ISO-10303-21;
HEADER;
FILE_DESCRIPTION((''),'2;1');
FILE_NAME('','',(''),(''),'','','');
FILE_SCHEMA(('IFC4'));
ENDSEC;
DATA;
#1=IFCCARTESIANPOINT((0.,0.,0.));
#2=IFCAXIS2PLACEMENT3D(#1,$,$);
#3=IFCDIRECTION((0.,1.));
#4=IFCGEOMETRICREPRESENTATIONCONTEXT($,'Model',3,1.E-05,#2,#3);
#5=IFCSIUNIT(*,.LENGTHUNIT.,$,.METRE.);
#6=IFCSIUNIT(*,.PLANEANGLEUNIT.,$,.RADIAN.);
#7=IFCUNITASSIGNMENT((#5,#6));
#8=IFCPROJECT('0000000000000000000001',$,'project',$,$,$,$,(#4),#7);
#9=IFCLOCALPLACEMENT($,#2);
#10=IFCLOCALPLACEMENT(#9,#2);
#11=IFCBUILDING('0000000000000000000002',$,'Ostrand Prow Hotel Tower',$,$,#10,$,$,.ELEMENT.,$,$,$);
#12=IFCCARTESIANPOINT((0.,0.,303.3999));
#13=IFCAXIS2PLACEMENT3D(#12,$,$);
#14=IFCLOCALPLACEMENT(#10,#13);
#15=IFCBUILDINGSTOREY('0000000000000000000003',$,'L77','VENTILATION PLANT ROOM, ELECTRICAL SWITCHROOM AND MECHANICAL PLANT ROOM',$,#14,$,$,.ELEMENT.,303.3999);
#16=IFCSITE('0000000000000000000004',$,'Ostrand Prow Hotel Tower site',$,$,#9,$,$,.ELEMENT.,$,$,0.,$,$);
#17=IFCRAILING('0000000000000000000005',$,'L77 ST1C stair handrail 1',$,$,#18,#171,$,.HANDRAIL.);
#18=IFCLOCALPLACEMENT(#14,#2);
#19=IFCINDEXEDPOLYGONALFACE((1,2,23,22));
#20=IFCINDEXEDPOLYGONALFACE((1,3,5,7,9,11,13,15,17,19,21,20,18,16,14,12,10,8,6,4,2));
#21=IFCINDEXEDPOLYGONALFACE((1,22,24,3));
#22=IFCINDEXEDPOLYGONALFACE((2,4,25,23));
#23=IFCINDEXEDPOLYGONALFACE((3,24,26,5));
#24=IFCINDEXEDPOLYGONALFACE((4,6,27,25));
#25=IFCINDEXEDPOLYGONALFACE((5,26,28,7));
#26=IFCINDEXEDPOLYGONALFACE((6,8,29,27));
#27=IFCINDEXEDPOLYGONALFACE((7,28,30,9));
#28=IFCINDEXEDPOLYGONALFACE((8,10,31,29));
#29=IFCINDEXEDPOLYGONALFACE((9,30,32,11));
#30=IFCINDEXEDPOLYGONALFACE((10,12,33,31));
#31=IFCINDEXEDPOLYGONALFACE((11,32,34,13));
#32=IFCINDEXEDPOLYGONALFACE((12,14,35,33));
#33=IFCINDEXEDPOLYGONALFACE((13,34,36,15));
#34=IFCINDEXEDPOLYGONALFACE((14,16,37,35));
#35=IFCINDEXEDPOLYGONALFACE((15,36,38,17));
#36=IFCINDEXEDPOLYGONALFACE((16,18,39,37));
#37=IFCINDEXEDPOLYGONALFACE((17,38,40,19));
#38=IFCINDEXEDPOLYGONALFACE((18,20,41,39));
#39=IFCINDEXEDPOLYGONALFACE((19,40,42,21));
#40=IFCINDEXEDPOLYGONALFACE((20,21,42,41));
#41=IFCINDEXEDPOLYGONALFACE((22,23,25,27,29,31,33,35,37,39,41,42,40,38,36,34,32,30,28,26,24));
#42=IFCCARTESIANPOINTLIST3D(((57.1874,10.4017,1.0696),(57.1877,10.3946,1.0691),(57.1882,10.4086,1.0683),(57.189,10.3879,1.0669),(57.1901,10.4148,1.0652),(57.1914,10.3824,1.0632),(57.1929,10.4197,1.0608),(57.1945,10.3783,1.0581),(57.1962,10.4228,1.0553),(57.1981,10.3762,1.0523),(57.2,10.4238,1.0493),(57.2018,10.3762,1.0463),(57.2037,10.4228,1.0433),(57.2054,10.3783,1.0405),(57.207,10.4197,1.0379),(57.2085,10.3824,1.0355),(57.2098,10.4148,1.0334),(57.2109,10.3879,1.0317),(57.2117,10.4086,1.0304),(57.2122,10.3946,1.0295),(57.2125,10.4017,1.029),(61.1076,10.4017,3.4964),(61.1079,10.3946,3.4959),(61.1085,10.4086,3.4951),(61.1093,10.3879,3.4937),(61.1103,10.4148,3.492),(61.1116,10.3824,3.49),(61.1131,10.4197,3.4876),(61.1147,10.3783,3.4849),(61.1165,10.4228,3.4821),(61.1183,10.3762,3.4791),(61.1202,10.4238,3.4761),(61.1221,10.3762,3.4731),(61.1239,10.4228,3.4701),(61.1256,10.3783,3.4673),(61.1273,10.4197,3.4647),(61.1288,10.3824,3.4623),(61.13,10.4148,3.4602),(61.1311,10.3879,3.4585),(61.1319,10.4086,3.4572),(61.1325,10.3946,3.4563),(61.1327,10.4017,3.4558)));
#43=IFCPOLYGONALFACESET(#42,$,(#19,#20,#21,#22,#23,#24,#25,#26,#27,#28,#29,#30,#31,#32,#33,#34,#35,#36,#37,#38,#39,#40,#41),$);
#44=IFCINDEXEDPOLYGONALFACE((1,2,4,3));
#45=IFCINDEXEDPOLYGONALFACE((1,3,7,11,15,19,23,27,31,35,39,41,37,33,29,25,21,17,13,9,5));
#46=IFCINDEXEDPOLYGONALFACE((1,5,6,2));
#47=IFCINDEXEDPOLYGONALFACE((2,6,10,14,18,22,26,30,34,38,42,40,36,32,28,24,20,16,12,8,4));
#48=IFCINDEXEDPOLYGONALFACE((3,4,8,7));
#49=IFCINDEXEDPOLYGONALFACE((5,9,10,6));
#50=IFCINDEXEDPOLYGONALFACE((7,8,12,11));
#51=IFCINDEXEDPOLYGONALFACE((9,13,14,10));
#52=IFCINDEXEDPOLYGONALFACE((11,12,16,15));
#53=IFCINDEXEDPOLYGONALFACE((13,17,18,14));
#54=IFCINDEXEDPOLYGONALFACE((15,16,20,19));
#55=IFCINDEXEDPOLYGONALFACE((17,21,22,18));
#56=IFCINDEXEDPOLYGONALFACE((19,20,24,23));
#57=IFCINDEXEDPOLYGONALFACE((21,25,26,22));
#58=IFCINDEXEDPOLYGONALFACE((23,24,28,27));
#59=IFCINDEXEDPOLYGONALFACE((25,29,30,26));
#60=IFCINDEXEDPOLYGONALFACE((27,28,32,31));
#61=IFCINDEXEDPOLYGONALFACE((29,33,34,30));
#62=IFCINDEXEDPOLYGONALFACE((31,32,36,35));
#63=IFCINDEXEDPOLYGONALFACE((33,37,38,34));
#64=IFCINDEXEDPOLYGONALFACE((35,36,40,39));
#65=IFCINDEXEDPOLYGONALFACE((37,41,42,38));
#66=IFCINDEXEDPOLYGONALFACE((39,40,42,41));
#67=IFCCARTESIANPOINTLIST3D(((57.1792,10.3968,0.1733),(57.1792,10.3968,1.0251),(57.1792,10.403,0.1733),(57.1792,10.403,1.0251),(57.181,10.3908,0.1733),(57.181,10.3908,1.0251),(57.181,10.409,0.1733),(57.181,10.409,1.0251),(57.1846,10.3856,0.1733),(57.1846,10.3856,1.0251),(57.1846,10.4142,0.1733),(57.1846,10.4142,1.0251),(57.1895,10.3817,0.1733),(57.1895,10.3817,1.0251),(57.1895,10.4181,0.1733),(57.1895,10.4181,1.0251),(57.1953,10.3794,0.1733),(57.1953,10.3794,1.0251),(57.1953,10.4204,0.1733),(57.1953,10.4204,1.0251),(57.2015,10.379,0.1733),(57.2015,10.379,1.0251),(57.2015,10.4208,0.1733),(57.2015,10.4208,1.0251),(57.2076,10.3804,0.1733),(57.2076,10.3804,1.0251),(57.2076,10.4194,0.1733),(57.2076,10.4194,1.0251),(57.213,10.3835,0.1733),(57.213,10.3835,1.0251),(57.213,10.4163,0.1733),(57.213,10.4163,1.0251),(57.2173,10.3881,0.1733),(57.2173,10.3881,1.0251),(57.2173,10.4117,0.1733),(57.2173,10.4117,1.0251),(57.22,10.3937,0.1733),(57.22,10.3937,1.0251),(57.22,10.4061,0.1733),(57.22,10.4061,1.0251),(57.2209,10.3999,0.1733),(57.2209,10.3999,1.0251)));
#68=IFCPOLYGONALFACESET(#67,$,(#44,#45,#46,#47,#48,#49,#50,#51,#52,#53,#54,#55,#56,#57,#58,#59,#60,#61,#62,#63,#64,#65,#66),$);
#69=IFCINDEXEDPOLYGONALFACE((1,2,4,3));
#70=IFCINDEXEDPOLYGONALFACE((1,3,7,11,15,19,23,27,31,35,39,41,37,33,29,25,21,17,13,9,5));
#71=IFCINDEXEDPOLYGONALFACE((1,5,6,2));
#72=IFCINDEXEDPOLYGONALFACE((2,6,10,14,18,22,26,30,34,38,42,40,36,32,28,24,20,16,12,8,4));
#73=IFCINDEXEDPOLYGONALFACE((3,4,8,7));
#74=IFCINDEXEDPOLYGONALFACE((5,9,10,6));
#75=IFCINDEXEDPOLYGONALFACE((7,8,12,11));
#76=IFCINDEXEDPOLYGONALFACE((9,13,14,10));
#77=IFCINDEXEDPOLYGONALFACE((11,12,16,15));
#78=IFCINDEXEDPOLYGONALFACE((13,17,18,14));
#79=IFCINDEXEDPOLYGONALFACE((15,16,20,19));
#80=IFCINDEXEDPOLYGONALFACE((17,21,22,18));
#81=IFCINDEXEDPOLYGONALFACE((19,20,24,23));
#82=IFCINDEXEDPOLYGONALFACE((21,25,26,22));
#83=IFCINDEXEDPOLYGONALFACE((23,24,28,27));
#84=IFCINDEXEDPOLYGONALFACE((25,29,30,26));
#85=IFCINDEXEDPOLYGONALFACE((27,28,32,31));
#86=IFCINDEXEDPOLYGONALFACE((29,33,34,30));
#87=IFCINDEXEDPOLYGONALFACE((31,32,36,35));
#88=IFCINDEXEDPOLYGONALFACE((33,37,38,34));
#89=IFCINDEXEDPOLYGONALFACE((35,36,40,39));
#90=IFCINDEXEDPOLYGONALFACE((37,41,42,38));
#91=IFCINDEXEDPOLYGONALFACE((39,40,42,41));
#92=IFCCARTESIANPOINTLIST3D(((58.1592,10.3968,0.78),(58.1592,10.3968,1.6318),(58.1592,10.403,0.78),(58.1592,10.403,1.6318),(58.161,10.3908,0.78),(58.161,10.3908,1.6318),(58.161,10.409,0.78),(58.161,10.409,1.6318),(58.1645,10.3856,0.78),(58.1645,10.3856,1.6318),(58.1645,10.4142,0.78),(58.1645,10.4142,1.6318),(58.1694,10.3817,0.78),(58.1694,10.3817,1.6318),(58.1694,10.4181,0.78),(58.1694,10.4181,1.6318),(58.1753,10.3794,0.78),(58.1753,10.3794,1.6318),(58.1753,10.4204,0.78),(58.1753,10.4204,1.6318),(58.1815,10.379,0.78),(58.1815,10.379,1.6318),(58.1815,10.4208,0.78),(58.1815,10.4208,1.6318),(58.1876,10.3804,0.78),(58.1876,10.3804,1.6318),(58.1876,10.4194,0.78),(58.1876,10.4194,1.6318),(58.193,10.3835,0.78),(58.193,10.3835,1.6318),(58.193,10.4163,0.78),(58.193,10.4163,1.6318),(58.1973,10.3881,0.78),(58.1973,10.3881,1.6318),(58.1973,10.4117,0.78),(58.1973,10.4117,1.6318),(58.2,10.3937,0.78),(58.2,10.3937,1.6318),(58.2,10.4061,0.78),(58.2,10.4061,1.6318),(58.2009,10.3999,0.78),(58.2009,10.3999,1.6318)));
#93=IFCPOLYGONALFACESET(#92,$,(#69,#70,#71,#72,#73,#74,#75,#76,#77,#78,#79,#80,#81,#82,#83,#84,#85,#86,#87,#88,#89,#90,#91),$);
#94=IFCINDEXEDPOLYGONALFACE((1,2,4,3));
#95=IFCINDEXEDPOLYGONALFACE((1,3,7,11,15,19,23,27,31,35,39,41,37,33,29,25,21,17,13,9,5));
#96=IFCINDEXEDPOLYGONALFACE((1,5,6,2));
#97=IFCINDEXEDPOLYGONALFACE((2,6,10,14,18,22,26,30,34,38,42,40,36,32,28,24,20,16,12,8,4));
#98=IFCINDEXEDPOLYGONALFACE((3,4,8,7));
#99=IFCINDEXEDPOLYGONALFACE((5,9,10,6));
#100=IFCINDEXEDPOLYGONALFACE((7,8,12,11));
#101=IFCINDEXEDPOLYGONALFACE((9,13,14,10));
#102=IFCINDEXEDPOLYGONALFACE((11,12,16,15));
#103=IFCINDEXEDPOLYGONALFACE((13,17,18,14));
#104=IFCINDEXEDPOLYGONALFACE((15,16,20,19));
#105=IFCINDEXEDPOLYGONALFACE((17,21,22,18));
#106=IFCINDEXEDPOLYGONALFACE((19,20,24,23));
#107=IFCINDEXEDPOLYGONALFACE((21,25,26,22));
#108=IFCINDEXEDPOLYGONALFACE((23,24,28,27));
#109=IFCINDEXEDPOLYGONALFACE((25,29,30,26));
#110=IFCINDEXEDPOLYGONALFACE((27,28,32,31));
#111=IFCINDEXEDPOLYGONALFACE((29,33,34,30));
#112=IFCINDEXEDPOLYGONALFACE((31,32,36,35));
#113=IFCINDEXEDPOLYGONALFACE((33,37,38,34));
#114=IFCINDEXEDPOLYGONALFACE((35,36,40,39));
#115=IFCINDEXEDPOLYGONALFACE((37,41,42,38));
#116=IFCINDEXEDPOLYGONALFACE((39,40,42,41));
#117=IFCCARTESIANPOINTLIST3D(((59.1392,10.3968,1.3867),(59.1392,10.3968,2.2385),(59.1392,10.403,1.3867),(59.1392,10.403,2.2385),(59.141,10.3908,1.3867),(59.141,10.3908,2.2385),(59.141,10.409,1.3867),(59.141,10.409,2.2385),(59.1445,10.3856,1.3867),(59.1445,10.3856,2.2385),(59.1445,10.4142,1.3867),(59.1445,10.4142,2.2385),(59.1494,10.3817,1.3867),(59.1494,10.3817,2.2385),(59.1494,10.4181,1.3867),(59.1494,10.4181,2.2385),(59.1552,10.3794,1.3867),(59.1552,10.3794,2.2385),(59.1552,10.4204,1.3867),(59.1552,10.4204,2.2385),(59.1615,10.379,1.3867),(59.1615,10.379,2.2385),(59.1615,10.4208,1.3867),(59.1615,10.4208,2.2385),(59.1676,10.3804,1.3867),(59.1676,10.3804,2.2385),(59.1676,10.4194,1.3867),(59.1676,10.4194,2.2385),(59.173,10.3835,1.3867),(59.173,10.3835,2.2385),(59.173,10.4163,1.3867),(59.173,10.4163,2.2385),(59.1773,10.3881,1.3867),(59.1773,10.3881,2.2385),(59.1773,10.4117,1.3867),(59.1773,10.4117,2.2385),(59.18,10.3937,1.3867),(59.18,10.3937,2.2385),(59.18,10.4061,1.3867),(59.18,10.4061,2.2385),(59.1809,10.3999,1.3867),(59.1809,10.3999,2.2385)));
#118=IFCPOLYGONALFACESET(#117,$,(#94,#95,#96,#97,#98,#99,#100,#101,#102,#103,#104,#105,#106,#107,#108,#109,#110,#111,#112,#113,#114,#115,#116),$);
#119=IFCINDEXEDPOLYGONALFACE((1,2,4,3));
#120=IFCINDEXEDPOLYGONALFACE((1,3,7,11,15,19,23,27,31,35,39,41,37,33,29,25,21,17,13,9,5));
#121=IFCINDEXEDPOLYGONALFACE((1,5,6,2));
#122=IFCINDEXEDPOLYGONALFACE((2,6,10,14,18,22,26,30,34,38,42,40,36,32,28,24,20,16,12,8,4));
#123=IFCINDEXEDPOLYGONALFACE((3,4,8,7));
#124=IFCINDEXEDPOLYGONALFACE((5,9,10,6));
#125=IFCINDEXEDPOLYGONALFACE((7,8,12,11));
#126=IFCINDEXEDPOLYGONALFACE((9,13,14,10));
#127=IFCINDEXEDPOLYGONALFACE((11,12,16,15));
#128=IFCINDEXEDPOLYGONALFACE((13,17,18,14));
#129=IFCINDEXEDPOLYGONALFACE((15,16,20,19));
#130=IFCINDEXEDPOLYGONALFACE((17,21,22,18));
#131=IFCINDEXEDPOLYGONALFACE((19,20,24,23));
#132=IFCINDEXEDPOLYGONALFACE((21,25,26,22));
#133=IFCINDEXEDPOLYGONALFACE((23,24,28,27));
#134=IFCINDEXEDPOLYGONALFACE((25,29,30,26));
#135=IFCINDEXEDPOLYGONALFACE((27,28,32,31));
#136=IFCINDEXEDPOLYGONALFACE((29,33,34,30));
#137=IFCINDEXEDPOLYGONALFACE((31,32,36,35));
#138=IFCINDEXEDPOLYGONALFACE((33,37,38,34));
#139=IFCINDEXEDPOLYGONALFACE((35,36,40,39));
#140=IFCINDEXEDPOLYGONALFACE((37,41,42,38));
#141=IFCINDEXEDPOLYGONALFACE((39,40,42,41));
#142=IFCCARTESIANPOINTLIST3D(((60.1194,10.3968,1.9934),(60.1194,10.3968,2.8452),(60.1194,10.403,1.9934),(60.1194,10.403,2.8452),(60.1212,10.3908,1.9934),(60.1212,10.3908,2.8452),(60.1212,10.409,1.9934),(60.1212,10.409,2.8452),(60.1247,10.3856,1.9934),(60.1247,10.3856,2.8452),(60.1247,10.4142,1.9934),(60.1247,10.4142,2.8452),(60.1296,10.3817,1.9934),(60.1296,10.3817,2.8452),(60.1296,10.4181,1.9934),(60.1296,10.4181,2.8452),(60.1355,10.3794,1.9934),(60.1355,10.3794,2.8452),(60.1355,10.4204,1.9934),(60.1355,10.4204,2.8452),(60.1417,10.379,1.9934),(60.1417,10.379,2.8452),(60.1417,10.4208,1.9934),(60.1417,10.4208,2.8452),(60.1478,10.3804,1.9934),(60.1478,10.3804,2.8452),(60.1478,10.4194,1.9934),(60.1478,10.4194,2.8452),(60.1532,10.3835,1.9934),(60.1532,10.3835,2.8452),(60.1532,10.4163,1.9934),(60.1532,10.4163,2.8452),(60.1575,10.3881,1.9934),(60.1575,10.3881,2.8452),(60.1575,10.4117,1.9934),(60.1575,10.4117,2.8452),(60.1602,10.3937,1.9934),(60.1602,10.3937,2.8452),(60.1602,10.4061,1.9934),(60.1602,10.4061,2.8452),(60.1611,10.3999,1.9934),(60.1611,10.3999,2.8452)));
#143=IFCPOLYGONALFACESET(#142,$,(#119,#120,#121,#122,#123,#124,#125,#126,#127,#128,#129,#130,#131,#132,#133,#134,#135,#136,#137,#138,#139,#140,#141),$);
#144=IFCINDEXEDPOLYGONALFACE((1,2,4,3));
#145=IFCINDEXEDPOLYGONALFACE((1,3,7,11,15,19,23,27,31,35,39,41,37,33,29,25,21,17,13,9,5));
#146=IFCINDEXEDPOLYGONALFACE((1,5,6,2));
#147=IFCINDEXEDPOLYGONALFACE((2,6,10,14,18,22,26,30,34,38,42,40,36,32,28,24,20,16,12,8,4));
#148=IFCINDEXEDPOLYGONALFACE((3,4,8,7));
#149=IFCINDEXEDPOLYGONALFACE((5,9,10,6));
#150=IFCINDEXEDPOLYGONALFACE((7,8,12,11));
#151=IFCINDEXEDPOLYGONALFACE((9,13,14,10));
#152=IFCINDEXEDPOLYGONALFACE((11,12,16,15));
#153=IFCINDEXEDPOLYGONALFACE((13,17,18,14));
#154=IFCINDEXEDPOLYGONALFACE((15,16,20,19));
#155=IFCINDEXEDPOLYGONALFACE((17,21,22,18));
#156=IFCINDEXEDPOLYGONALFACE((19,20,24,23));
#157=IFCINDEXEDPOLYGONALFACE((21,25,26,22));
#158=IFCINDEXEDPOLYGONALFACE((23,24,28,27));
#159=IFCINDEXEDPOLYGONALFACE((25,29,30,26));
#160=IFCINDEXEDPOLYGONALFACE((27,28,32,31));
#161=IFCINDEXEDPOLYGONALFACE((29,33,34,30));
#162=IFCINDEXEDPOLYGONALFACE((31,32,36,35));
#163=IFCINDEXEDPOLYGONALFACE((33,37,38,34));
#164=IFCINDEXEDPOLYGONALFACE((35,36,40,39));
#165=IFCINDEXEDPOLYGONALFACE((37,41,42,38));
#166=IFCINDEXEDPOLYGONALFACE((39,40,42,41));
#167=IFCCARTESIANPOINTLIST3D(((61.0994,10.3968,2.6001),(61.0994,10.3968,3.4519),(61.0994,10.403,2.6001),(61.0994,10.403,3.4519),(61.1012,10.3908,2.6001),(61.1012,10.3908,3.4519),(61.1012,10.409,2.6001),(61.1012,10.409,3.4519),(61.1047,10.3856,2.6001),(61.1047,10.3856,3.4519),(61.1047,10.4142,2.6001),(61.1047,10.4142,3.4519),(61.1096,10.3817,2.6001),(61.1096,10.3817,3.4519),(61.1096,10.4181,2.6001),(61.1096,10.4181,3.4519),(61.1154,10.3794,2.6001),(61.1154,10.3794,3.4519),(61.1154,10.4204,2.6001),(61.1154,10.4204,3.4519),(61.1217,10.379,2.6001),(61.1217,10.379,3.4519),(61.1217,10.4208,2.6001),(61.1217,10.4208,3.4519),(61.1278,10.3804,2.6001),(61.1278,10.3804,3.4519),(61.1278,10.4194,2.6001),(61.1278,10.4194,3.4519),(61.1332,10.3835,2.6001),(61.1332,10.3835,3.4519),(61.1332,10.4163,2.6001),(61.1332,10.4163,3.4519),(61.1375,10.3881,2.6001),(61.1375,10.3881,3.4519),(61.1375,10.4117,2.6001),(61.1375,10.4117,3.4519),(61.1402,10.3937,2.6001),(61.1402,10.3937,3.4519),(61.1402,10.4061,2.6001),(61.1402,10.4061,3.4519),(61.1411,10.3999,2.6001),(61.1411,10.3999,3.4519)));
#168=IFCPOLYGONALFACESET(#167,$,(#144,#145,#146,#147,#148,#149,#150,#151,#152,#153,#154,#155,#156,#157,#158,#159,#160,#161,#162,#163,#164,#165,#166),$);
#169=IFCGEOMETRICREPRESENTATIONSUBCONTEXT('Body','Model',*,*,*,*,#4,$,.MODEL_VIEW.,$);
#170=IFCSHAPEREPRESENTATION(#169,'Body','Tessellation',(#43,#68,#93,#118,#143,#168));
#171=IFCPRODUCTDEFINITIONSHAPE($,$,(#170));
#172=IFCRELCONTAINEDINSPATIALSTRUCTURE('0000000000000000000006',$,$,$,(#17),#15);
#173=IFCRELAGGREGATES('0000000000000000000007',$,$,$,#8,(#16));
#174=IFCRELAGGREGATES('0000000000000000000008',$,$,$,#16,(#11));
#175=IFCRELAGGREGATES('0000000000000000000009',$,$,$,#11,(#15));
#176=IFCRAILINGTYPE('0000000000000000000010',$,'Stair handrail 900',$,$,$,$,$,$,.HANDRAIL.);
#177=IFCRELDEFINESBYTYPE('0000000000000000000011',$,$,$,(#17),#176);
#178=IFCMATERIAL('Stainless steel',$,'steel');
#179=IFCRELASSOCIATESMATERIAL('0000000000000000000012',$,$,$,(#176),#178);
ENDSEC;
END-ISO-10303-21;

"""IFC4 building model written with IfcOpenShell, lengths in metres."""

from ifc_helpers import new_model, si_unit, direction, frame, origin, origin_2d, place, context, subcontext, project, spatial, circle, extrude, material, type_object, element, save


model = new_model("IFC4")

# Units and contexts
model_context = context("Model", 3, precision=1e-05, world=origin(), true_north=direction((0.0, 1.0)))
body_context = subcontext(model_context, "Body", "Model", "MODEL_VIEW")
ifc_project = project(units=[si_unit("LENGTHUNIT", "METRE"), si_unit("PLANEANGLEUNIT", "RADIAN")], contexts=[model_context])

# Site, building, storey
site_placement = place(None, origin())
site = spatial("IfcSite", under=ifc_project, at=site_placement, Name="Ostrand Prow Hotel Tower site", CompositionType="ELEMENT", RefElevation=0.0)
building_placement = place(site_placement, origin())
building = spatial("IfcBuilding", under=site, at=building_placement, Name="Ostrand Prow Hotel Tower", CompositionType="ELEMENT")
storey_placement = place(building_placement, frame((0.0, 0.0, 303.3999)))
storey = spatial("IfcBuildingStorey", under=building, at=storey_placement, Name="L77", Description="VENTILATION PLANT ROOM, ELECTRICAL SWITCHROOM AND MECHANICAL PLANT ROOM", CompositionType="ELEMENT", Elevation=303.3999)

# Railing
ifc_material_1 = material(Name="Stainless steel", Category="steel")
railing_type_1 = type_object("IfcRailingType", Name="Stair handrail 900", PredefinedType="HANDRAIL", material=ifc_material_1)
railing_1_placement = place(storey_placement, frame((57.2, 10.3999, 0.1733)))
element("IfcRailing", 1, at=railing_1_placement, inside=storey, type_object=railing_type_1, Name="L77 ST1C stair handrail 1", PredefinedType="HANDRAIL", context=body_context, shape_type="SweptSolid", body=[
    extrude(circle(Radius=0.0239, at=origin_2d()), frame((0.0, 0.0, 0.876), z_axis=(0.850266, 0.0, 0.526353), x_axis=(0.0, 1.0, 0.0)), (0.0, 0.0, 1.0), 4.6106),
    extrude(circle(Radius=0.021, at=origin_2d()), origin(), (0.0, 0.0, 1.0), 0.8518),
    extrude(circle(Radius=0.021, at=origin_2d()), frame((0.98, 0.0, 0.6067)), (0.0, 0.0, 1.0), 0.8518),
    extrude(circle(Radius=0.021, at=origin_2d()), frame((1.96, 0.0, 1.2134)), (0.0, 0.0, 1.0), 0.8518),
    extrude(circle(Radius=0.021, at=origin_2d()), frame((2.9402, 0.0, 1.8201)), (0.0, 0.0, 1.0), 0.8518),
    extrude(circle(Radius=0.021, at=origin_2d()), frame((3.9202, 0.0, 2.4268)), (0.0, 0.0, 1.0), 0.8518),
])

save(model, "model.ifc")
